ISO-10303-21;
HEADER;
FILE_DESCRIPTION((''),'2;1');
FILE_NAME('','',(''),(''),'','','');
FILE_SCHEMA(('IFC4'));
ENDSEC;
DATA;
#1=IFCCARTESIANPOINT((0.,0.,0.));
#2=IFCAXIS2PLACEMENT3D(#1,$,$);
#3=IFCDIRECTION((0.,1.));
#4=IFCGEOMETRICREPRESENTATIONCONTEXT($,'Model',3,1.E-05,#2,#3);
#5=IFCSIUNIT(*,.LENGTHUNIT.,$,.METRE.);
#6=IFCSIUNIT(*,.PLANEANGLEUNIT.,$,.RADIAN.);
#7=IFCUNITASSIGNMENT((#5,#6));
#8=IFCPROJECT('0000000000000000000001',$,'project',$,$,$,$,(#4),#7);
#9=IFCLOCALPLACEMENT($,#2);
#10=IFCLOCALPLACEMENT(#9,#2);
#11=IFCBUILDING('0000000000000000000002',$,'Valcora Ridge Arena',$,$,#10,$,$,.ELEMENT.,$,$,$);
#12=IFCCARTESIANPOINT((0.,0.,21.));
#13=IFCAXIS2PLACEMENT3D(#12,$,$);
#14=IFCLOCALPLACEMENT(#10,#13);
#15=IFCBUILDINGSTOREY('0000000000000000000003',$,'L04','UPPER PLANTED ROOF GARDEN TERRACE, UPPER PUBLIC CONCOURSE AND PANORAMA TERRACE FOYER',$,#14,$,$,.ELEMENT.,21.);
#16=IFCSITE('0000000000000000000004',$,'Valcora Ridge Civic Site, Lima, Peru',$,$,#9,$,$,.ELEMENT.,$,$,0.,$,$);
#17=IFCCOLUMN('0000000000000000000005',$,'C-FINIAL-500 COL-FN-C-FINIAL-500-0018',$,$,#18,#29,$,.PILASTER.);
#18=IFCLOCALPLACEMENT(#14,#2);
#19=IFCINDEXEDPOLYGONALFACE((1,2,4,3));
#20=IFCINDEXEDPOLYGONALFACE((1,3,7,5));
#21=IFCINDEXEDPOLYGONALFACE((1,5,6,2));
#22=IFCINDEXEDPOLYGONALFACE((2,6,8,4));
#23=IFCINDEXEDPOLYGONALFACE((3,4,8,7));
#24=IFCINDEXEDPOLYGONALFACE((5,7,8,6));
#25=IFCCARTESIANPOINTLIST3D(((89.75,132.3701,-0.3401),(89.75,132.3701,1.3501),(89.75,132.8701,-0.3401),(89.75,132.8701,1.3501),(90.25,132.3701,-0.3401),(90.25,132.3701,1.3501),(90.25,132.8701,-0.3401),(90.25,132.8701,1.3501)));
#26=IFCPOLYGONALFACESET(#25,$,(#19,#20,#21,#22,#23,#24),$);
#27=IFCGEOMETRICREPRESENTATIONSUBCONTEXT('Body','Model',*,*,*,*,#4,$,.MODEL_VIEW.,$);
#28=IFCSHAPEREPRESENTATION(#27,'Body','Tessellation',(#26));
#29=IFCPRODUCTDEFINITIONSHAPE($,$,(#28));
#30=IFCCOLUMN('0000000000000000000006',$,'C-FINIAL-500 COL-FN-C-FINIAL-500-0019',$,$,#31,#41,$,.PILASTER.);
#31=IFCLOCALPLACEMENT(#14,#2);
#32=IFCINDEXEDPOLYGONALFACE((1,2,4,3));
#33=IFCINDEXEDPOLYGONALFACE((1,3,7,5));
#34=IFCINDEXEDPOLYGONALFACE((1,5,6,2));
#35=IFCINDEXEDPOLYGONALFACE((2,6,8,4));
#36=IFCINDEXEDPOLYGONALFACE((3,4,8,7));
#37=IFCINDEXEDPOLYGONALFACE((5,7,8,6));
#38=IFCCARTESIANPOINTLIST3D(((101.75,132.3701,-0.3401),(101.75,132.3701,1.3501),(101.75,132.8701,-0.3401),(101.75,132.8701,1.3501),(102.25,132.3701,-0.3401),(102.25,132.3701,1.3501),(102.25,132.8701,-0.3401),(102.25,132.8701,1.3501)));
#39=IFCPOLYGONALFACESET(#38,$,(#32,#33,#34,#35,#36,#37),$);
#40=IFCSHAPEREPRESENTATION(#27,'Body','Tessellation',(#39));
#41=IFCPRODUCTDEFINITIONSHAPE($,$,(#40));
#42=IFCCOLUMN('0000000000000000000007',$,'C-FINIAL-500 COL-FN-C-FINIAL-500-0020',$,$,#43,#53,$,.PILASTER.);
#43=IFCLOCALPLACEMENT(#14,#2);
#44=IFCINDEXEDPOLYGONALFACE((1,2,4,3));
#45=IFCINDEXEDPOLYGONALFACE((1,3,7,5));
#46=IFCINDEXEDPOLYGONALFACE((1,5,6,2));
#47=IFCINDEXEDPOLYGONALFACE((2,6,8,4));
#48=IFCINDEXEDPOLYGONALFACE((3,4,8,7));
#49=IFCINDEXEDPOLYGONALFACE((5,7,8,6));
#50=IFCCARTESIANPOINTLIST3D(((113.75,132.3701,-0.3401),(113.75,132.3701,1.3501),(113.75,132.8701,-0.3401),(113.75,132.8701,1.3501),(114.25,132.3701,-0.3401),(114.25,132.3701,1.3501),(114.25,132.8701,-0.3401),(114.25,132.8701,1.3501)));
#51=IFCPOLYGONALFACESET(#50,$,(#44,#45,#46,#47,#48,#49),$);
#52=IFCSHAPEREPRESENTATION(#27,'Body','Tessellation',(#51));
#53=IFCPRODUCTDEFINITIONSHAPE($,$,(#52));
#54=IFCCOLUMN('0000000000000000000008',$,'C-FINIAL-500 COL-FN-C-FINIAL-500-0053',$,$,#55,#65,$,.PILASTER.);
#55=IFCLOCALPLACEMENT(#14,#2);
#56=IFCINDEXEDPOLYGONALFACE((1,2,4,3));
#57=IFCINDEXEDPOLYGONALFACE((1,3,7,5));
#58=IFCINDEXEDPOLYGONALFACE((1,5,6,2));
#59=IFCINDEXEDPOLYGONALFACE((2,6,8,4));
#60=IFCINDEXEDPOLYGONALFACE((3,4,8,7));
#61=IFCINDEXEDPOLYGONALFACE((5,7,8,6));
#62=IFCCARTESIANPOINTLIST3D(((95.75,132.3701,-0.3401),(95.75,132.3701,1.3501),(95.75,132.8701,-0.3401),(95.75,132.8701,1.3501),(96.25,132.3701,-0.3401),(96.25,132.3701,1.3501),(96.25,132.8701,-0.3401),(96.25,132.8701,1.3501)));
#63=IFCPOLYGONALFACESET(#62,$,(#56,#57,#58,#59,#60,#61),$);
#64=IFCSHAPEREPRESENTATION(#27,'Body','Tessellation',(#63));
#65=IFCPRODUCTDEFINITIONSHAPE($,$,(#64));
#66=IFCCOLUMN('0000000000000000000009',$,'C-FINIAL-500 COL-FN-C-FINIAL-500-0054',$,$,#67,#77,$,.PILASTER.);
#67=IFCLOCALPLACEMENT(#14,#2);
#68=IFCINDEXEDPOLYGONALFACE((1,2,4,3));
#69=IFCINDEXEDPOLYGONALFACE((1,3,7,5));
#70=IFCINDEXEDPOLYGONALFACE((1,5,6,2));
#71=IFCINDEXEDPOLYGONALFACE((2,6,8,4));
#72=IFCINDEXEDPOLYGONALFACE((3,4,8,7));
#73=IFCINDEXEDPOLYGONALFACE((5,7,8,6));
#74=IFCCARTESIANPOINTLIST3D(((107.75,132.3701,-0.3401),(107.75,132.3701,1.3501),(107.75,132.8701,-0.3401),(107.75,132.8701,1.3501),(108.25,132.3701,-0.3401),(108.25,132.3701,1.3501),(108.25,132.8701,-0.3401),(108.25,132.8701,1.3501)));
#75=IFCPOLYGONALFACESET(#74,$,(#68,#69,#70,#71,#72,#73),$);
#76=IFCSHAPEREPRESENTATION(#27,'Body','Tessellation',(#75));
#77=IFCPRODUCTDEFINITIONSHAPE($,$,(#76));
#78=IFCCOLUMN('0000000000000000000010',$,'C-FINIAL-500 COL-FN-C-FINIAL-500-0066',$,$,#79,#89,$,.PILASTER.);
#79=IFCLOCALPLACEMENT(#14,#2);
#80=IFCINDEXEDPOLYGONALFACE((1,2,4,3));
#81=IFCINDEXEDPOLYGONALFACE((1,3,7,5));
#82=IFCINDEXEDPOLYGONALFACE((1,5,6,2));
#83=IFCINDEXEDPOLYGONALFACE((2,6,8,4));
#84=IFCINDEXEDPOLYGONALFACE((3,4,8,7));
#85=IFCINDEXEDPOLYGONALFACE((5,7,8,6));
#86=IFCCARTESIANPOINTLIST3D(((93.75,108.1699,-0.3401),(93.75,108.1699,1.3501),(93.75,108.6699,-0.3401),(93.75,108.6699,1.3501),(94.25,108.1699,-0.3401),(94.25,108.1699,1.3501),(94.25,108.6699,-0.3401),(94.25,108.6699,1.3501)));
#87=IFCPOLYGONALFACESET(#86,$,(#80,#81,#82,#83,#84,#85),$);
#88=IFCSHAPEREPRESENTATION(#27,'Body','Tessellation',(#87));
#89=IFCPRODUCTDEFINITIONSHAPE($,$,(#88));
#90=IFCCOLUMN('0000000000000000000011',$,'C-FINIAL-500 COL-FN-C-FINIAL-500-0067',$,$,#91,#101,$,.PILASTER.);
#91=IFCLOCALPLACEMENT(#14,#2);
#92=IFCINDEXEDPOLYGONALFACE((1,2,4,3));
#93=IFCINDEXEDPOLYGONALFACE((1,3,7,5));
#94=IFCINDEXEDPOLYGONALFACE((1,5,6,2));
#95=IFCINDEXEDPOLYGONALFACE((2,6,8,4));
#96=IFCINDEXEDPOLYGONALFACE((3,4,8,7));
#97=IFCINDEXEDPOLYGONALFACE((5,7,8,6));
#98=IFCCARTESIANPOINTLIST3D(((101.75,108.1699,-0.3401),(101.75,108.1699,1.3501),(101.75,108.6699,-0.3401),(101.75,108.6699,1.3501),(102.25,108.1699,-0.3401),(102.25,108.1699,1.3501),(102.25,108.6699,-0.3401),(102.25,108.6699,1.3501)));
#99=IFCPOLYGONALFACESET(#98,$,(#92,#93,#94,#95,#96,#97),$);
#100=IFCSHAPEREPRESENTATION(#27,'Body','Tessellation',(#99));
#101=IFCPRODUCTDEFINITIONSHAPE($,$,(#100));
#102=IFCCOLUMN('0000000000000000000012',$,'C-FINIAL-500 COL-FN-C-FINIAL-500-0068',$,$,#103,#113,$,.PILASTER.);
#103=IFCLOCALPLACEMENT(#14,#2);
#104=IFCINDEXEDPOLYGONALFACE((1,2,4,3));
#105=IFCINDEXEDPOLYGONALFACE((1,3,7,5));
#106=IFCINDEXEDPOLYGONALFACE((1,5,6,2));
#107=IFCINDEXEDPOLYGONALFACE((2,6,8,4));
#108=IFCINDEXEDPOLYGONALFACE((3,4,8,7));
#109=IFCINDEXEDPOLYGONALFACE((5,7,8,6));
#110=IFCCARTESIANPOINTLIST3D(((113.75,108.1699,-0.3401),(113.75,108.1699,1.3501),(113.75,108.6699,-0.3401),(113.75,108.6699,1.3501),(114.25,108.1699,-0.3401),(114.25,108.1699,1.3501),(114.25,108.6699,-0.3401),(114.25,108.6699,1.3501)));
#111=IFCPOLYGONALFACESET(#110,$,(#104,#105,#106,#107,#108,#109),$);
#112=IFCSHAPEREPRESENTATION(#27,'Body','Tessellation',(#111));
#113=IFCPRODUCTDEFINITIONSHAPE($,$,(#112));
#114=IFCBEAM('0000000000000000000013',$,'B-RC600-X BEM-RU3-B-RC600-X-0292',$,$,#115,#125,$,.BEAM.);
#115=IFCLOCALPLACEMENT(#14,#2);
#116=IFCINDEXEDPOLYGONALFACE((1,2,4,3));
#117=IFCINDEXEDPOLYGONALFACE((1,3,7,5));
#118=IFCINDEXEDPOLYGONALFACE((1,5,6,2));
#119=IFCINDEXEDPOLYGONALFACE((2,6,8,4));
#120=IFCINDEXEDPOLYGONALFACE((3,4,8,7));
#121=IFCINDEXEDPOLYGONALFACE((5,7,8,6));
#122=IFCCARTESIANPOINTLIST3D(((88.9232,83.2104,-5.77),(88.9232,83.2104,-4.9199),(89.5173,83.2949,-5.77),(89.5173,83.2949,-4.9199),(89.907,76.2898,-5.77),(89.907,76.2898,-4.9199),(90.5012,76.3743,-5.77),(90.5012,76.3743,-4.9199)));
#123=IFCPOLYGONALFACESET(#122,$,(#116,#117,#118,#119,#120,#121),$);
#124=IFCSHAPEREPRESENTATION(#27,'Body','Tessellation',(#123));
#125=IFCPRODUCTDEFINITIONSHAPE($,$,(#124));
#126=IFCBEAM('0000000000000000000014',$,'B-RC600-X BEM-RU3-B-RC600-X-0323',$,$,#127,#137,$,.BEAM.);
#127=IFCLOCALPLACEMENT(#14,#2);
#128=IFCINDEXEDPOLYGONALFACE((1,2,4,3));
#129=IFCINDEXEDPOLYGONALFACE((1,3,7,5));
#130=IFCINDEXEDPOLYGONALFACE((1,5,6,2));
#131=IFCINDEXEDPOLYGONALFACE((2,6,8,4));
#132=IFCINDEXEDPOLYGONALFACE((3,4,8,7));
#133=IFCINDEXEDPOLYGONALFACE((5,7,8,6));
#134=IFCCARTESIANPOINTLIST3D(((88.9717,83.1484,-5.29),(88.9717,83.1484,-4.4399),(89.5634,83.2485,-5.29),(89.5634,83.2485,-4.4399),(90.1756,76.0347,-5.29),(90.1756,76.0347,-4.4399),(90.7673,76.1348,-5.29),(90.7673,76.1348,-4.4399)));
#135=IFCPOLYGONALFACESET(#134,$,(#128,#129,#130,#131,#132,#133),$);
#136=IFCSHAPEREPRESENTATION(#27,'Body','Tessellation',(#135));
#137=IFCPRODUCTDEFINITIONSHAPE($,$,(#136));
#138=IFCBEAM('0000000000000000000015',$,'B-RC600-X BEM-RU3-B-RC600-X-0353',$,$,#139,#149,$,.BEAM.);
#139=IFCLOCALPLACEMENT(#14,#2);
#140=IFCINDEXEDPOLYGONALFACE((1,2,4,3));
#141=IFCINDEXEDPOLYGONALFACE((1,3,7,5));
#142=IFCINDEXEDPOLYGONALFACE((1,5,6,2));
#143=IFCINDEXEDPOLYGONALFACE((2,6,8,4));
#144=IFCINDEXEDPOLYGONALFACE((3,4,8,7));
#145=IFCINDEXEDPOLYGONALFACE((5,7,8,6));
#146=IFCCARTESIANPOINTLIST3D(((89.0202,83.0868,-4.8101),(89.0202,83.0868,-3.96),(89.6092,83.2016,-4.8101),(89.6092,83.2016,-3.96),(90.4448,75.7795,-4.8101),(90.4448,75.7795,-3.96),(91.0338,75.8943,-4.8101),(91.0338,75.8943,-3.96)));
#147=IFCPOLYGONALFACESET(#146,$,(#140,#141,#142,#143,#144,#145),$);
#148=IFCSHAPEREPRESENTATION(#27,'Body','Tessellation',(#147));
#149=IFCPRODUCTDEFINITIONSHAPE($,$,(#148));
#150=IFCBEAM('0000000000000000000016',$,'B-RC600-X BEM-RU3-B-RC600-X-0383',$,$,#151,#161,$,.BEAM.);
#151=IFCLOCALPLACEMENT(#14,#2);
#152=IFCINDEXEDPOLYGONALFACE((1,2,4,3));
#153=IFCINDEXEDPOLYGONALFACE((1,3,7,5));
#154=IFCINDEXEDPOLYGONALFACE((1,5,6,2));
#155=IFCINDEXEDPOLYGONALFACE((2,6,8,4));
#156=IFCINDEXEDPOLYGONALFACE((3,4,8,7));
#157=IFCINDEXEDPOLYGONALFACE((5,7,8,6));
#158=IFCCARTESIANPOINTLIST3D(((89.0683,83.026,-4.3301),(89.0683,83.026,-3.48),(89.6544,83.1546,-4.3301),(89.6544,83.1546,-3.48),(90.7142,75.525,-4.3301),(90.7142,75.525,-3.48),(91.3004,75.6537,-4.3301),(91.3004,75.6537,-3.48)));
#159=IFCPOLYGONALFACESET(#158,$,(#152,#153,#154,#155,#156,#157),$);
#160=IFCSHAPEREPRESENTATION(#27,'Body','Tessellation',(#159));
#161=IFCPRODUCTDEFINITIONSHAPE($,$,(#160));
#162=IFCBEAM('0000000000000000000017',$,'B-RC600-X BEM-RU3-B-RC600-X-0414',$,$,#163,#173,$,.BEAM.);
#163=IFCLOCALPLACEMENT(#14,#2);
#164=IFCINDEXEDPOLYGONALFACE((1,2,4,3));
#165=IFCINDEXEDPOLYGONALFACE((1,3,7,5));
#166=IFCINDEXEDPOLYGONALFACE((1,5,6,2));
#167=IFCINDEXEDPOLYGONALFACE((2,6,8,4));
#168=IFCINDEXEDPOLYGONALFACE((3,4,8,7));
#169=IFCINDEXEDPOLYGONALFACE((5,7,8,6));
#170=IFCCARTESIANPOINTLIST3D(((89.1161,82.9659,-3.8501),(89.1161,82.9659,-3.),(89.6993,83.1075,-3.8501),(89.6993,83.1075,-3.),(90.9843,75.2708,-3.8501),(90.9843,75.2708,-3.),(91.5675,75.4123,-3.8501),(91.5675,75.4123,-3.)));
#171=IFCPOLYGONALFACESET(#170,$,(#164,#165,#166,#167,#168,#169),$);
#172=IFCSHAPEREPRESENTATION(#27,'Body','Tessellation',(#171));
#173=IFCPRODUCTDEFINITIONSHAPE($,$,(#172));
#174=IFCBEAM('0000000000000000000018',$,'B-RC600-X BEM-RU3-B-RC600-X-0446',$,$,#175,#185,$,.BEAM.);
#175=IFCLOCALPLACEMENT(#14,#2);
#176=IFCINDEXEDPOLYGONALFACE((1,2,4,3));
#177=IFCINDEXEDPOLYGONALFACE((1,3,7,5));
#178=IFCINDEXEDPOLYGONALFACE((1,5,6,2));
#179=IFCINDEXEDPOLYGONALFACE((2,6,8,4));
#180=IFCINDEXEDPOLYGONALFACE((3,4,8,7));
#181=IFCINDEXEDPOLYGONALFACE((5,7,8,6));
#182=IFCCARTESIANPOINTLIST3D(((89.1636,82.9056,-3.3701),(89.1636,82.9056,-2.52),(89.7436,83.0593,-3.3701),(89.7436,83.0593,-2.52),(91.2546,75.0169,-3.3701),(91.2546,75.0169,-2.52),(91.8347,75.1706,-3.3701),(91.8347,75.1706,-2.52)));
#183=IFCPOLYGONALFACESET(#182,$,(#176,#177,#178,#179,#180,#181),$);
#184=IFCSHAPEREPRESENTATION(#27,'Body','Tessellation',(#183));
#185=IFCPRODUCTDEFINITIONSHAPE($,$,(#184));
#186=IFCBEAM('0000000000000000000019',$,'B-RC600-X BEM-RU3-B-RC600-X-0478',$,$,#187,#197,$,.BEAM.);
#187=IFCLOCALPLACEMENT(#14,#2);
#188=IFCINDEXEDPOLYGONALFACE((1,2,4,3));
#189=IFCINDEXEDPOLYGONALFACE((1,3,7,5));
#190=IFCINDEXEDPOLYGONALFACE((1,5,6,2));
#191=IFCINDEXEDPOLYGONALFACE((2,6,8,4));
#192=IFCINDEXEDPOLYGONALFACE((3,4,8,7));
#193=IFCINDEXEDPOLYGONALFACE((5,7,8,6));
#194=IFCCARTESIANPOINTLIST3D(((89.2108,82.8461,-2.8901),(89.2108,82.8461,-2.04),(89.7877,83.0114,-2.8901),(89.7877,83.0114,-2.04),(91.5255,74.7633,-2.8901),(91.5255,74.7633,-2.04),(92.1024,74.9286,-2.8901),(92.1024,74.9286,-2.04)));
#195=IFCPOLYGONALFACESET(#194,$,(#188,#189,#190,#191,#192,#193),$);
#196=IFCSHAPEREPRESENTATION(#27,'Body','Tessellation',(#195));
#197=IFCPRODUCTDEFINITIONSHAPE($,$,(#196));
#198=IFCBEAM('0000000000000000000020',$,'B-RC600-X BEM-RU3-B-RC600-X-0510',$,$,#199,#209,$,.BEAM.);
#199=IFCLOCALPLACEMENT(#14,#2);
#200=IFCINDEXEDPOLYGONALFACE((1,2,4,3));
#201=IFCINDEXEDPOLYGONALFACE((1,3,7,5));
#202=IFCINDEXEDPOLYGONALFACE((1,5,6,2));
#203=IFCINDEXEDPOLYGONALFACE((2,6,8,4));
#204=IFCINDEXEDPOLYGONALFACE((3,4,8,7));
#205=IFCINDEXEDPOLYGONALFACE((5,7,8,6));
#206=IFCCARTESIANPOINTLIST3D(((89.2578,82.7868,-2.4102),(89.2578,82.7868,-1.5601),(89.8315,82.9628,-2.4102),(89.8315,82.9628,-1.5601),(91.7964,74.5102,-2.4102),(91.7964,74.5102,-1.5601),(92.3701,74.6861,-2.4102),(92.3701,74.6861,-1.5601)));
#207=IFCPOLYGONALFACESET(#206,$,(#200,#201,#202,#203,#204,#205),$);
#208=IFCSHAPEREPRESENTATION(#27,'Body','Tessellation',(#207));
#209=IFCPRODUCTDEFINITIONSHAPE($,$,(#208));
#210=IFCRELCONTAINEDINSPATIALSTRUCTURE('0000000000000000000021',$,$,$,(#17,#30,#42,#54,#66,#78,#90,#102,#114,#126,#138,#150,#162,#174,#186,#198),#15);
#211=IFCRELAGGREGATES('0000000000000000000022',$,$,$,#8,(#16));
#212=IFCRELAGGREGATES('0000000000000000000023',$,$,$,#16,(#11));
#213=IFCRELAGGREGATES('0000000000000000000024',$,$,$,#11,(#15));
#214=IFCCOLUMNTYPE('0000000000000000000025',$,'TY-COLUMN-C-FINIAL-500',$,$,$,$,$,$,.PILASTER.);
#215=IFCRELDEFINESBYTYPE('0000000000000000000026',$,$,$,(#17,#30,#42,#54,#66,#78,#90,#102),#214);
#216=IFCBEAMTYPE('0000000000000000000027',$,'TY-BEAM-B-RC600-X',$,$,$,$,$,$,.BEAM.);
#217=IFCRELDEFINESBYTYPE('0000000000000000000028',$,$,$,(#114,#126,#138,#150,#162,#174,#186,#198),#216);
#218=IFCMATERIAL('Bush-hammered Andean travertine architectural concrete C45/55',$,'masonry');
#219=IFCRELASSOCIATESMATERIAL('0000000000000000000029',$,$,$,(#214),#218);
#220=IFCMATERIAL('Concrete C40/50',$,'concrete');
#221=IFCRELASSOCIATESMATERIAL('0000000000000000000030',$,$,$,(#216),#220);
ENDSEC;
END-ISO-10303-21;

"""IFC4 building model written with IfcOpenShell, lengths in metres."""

from ifc_helpers import new_model, si_unit, direction, frame, origin, origin_2d, place, context, subcontext, project, spatial, rectangle, extrude, material, material_profile, profile_set, type_object, element, save


model = new_model("IFC4")

# Units and contexts
model_context = context("Model", 3, precision=1e-05, world=origin(), true_north=direction((0.0, 1.0)))
body_context = subcontext(model_context, "Body", "Model", "MODEL_VIEW")
ifc_project = project(units=[si_unit("LENGTHUNIT", "METRE"), si_unit("PLANEANGLEUNIT", "RADIAN")], contexts=[model_context])

# Site, building, storey
site_placement = place(None, origin())
site = spatial("IfcSite", under=ifc_project, at=site_placement, Name="Valcora Ridge Civic Site, Lima, Peru", CompositionType="ELEMENT", RefElevation=0.0)
building_placement = place(site_placement, origin())
building = spatial("IfcBuilding", under=site, at=building_placement, Name="Valcora Ridge Arena", CompositionType="ELEMENT")
storey_placement = place(building_placement, frame((0.0, 0.0, 21.0)))
storey = spatial("IfcBuildingStorey", under=building, at=storey_placement, Name="L04", Description="UPPER PLANTED ROOF GARDEN TERRACE, UPPER PUBLIC CONCOURSE AND PANORAMA TERRACE FOYER", CompositionType="ELEMENT", Elevation=21.0)

# Columns
ifc_material_1 = material(Name="Bush-hammered Andean travertine architectural concrete C45/55", Category="masonry")
ifc_material_profile_1 = material_profile(ifc_material_1, rectangle(XDim=0.5, YDim=0.5, at=origin_2d()), Name="RC 500x500")
ifc_profile_set_1 = profile_set([ifc_material_profile_1], Name="Bush-hammered Andean travertine architectural concrete C45/55")
column_type = type_object("IfcColumnType", Name="TY-COLUMN-C-FINIAL-500", PredefinedType="PILASTER", material=ifc_profile_set_1)
for number, where, z_axis, x_axis, name in (
    (1, (90.0, 132.6201, -0.3401), (0.0, 0.0, 1.0), (1.0, 0.0, 0.0), "C-FINIAL-500 COL-FN-C-FINIAL-500-0018"),
    (2, (102.0, 132.6201, -0.3401), (0.0, 0.0, 1.0), (1.0, 0.0, 0.0), "C-FINIAL-500 COL-FN-C-FINIAL-500-0019"),
    (3, (114.0, 132.6201, -0.3401), (0.0, 0.0, 1.0), (1.0, 0.0, 0.0), "C-FINIAL-500 COL-FN-C-FINIAL-500-0020"),
    (4, (96.0, 132.6201, -0.3401), (0.0, 0.0, 1.0), (1.0, 0.0, 0.0), "C-FINIAL-500 COL-FN-C-FINIAL-500-0053"),
    (5, (108.0, 132.6201, -0.3401), (0.0, 0.0, 1.0), (1.0, 0.0, 0.0), "C-FINIAL-500 COL-FN-C-FINIAL-500-0054"),
    (6, (94.0, 108.4199, -0.3401), (0.0, 0.0, 1.0), (1.0, 0.0, 0.0), "C-FINIAL-500 COL-FN-C-FINIAL-500-0066"),
    (7, (102.0, 108.4199, -0.3401), (0.0, 0.0, 1.0), (1.0, 0.0, 0.0), "C-FINIAL-500 COL-FN-C-FINIAL-500-0067"),
    (8, (114.0, 108.4199, -0.3401), (0.0, 0.0, 1.0), (1.0, 0.0, 0.0), "C-FINIAL-500 COL-FN-C-FINIAL-500-0068"),
):
    element("IfcColumn", number, at=place(storey_placement, frame(where, z_axis=z_axis, x_axis=x_axis)), inside=storey, type_object=column_type, Name=name, PredefinedType="PILASTER", context=body_context, shape_type="SweptSolid", body=[
        extrude(rectangle(XDim=0.5, YDim=0.5, at=origin_2d()), origin(), (0.0, 0.0, 1.0), 1.6902),
    ])

# Beams
ifc_material_2 = material(Name="Concrete C40/50", Category="concrete")
ifc_material_profile_2 = material_profile(ifc_material_2, rectangle(XDim=0.6001, YDim=0.8501, at=origin_2d()), Name="RC 600x850")
ifc_profile_set_2 = profile_set([ifc_material_profile_2], Name="Concrete C40/50")
beam_type_1 = type_object("IfcBeamType", Name="TY-BEAM-B-RC600-X", PredefinedType="BEAM", material=ifc_profile_set_2)
beam_1_placement = place(storey_placement, frame((90.2041, 76.332, -5.345), z_axis=(-0.140751, 0.990045, 0.0), x_axis=(-0.990045, -0.140751, 0.0)))
element("IfcBeam", 9, at=beam_1_placement, inside=storey, type_object=beam_type_1, Name="B-RC600-X BEM-RU3-B-RC600-X-0292", PredefinedType="BEAM", context=body_context, shape_type="SweptSolid", body=[
    extrude(rectangle(XDim=0.6001, YDim=0.8501, at=origin_2d()), origin(), (0.0, 0.0, 1.0), 6.9902),
])
beam_2_placement = place(storey_placement, frame((90.4714, 76.0847, -4.865), z_axis=(-0.166857, 0.985981, 0.0), x_axis=(-0.985981, -0.166857, 0.0)))
element("IfcBeam", 10, at=beam_2_placement, inside=storey, type_object=beam_type_1, Name="B-RC600-X BEM-RU3-B-RC600-X-0323", PredefinedType="BEAM", context=body_context, shape_type="SweptSolid", body=[
    extrude(rectangle(XDim=0.6001, YDim=0.8501, at=origin_2d()), origin(), (0.0, 0.0, 1.0), 7.2148),
])
beam_3_placement = place(storey_placement, frame((90.7393, 75.8369, -4.385), z_axis=(-0.191346, 0.981523, 0.0), x_axis=(-0.981523, -0.191346, 0.0)))
element("IfcBeam", 11, at=beam_3_placement, inside=storey, type_object=beam_type_1, Name="B-RC600-X BEM-RU3-B-RC600-X-0353", PredefinedType="BEAM", context=body_context, shape_type="SweptSolid", body=[
    extrude(rectangle(XDim=0.6001, YDim=0.8501, at=origin_2d()), origin(), (0.0, 0.0, 1.0), 7.4448),
])
beam_4_placement = place(storey_placement, frame((91.0073, 75.5894, -3.905), z_axis=(-0.214338, 0.97676, 0.0), x_axis=(-0.97676, -0.214338, 0.0)))
element("IfcBeam", 12, at=beam_4_placement, inside=storey, type_object=beam_type_1, Name="B-RC600-X BEM-RU3-B-RC600-X-0383", PredefinedType="BEAM", context=body_context, shape_type="SweptSolid", body=[
    extrude(rectangle(XDim=0.6001, YDim=0.8501, at=origin_2d()), origin(), (0.0, 0.0, 1.0), 7.6794),
])
beam_5_placement = place(storey_placement, frame((91.2759, 75.3416, -3.425), z_axis=(-0.235921, 0.971772, 0.0), x_axis=(-0.971772, -0.235921, 0.0)))
element("IfcBeam", 13, at=beam_5_placement, inside=storey, type_object=beam_type_1, Name="B-RC600-X BEM-RU3-B-RC600-X-0414", PredefinedType="BEAM", context=body_context, shape_type="SweptSolid", body=[
    extrude(rectangle(XDim=0.6001, YDim=0.8501, at=origin_2d()), origin(), (0.0, 0.0, 1.0), 7.9187),
])
beam_6_placement = place(storey_placement, frame((91.5447, 75.0938, -2.9451), z_axis=(-0.256223, 0.966618, 0.0), x_axis=(-0.966618, -0.256223, 0.0)))
element("IfcBeam", 14, at=beam_6_placement, inside=storey, type_object=beam_type_1, Name="B-RC600-X BEM-RU3-B-RC600-X-0446", PredefinedType="BEAM", context=body_context, shape_type="SweptSolid", body=[
    extrude(rectangle(XDim=0.6001, YDim=0.8501, at=origin_2d()), origin(), (0.0, 0.0, 1.0), 8.1611),
])
beam_7_placement = place(storey_placement, frame((91.814, 74.8459, -2.4651), z_axis=(-0.275308, 0.961356, 0.0), x_axis=(-0.961356, -0.275308, 0.0)))
element("IfcBeam", 15, at=beam_7_placement, inside=storey, type_object=beam_type_1, Name="B-RC600-X BEM-RU3-B-RC600-X-0478", PredefinedType="BEAM", context=body_context, shape_type="SweptSolid", body=[
    extrude(rectangle(XDim=0.6001, YDim=0.8501, at=origin_2d()), origin(), (0.0, 0.0, 1.0), 8.4077),
])
beam_8_placement = place(storey_placement, frame((92.0833, 74.5981, -1.9851), z_axis=(-0.293234, 0.956041, 0.0), x_axis=(-0.956041, -0.293234, 0.0)))
element("IfcBeam", 16, at=beam_8_placement, inside=storey, type_object=beam_type_1, Name="B-RC600-X BEM-RU3-B-RC600-X-0510", PredefinedType="BEAM", context=body_context, shape_type="SweptSolid", body=[
    extrude(rectangle(XDim=0.6001, YDim=0.8501, at=origin_2d()), origin(), (0.0, 0.0, 1.0), 8.6572),
])

save(model, "model.ifc")
